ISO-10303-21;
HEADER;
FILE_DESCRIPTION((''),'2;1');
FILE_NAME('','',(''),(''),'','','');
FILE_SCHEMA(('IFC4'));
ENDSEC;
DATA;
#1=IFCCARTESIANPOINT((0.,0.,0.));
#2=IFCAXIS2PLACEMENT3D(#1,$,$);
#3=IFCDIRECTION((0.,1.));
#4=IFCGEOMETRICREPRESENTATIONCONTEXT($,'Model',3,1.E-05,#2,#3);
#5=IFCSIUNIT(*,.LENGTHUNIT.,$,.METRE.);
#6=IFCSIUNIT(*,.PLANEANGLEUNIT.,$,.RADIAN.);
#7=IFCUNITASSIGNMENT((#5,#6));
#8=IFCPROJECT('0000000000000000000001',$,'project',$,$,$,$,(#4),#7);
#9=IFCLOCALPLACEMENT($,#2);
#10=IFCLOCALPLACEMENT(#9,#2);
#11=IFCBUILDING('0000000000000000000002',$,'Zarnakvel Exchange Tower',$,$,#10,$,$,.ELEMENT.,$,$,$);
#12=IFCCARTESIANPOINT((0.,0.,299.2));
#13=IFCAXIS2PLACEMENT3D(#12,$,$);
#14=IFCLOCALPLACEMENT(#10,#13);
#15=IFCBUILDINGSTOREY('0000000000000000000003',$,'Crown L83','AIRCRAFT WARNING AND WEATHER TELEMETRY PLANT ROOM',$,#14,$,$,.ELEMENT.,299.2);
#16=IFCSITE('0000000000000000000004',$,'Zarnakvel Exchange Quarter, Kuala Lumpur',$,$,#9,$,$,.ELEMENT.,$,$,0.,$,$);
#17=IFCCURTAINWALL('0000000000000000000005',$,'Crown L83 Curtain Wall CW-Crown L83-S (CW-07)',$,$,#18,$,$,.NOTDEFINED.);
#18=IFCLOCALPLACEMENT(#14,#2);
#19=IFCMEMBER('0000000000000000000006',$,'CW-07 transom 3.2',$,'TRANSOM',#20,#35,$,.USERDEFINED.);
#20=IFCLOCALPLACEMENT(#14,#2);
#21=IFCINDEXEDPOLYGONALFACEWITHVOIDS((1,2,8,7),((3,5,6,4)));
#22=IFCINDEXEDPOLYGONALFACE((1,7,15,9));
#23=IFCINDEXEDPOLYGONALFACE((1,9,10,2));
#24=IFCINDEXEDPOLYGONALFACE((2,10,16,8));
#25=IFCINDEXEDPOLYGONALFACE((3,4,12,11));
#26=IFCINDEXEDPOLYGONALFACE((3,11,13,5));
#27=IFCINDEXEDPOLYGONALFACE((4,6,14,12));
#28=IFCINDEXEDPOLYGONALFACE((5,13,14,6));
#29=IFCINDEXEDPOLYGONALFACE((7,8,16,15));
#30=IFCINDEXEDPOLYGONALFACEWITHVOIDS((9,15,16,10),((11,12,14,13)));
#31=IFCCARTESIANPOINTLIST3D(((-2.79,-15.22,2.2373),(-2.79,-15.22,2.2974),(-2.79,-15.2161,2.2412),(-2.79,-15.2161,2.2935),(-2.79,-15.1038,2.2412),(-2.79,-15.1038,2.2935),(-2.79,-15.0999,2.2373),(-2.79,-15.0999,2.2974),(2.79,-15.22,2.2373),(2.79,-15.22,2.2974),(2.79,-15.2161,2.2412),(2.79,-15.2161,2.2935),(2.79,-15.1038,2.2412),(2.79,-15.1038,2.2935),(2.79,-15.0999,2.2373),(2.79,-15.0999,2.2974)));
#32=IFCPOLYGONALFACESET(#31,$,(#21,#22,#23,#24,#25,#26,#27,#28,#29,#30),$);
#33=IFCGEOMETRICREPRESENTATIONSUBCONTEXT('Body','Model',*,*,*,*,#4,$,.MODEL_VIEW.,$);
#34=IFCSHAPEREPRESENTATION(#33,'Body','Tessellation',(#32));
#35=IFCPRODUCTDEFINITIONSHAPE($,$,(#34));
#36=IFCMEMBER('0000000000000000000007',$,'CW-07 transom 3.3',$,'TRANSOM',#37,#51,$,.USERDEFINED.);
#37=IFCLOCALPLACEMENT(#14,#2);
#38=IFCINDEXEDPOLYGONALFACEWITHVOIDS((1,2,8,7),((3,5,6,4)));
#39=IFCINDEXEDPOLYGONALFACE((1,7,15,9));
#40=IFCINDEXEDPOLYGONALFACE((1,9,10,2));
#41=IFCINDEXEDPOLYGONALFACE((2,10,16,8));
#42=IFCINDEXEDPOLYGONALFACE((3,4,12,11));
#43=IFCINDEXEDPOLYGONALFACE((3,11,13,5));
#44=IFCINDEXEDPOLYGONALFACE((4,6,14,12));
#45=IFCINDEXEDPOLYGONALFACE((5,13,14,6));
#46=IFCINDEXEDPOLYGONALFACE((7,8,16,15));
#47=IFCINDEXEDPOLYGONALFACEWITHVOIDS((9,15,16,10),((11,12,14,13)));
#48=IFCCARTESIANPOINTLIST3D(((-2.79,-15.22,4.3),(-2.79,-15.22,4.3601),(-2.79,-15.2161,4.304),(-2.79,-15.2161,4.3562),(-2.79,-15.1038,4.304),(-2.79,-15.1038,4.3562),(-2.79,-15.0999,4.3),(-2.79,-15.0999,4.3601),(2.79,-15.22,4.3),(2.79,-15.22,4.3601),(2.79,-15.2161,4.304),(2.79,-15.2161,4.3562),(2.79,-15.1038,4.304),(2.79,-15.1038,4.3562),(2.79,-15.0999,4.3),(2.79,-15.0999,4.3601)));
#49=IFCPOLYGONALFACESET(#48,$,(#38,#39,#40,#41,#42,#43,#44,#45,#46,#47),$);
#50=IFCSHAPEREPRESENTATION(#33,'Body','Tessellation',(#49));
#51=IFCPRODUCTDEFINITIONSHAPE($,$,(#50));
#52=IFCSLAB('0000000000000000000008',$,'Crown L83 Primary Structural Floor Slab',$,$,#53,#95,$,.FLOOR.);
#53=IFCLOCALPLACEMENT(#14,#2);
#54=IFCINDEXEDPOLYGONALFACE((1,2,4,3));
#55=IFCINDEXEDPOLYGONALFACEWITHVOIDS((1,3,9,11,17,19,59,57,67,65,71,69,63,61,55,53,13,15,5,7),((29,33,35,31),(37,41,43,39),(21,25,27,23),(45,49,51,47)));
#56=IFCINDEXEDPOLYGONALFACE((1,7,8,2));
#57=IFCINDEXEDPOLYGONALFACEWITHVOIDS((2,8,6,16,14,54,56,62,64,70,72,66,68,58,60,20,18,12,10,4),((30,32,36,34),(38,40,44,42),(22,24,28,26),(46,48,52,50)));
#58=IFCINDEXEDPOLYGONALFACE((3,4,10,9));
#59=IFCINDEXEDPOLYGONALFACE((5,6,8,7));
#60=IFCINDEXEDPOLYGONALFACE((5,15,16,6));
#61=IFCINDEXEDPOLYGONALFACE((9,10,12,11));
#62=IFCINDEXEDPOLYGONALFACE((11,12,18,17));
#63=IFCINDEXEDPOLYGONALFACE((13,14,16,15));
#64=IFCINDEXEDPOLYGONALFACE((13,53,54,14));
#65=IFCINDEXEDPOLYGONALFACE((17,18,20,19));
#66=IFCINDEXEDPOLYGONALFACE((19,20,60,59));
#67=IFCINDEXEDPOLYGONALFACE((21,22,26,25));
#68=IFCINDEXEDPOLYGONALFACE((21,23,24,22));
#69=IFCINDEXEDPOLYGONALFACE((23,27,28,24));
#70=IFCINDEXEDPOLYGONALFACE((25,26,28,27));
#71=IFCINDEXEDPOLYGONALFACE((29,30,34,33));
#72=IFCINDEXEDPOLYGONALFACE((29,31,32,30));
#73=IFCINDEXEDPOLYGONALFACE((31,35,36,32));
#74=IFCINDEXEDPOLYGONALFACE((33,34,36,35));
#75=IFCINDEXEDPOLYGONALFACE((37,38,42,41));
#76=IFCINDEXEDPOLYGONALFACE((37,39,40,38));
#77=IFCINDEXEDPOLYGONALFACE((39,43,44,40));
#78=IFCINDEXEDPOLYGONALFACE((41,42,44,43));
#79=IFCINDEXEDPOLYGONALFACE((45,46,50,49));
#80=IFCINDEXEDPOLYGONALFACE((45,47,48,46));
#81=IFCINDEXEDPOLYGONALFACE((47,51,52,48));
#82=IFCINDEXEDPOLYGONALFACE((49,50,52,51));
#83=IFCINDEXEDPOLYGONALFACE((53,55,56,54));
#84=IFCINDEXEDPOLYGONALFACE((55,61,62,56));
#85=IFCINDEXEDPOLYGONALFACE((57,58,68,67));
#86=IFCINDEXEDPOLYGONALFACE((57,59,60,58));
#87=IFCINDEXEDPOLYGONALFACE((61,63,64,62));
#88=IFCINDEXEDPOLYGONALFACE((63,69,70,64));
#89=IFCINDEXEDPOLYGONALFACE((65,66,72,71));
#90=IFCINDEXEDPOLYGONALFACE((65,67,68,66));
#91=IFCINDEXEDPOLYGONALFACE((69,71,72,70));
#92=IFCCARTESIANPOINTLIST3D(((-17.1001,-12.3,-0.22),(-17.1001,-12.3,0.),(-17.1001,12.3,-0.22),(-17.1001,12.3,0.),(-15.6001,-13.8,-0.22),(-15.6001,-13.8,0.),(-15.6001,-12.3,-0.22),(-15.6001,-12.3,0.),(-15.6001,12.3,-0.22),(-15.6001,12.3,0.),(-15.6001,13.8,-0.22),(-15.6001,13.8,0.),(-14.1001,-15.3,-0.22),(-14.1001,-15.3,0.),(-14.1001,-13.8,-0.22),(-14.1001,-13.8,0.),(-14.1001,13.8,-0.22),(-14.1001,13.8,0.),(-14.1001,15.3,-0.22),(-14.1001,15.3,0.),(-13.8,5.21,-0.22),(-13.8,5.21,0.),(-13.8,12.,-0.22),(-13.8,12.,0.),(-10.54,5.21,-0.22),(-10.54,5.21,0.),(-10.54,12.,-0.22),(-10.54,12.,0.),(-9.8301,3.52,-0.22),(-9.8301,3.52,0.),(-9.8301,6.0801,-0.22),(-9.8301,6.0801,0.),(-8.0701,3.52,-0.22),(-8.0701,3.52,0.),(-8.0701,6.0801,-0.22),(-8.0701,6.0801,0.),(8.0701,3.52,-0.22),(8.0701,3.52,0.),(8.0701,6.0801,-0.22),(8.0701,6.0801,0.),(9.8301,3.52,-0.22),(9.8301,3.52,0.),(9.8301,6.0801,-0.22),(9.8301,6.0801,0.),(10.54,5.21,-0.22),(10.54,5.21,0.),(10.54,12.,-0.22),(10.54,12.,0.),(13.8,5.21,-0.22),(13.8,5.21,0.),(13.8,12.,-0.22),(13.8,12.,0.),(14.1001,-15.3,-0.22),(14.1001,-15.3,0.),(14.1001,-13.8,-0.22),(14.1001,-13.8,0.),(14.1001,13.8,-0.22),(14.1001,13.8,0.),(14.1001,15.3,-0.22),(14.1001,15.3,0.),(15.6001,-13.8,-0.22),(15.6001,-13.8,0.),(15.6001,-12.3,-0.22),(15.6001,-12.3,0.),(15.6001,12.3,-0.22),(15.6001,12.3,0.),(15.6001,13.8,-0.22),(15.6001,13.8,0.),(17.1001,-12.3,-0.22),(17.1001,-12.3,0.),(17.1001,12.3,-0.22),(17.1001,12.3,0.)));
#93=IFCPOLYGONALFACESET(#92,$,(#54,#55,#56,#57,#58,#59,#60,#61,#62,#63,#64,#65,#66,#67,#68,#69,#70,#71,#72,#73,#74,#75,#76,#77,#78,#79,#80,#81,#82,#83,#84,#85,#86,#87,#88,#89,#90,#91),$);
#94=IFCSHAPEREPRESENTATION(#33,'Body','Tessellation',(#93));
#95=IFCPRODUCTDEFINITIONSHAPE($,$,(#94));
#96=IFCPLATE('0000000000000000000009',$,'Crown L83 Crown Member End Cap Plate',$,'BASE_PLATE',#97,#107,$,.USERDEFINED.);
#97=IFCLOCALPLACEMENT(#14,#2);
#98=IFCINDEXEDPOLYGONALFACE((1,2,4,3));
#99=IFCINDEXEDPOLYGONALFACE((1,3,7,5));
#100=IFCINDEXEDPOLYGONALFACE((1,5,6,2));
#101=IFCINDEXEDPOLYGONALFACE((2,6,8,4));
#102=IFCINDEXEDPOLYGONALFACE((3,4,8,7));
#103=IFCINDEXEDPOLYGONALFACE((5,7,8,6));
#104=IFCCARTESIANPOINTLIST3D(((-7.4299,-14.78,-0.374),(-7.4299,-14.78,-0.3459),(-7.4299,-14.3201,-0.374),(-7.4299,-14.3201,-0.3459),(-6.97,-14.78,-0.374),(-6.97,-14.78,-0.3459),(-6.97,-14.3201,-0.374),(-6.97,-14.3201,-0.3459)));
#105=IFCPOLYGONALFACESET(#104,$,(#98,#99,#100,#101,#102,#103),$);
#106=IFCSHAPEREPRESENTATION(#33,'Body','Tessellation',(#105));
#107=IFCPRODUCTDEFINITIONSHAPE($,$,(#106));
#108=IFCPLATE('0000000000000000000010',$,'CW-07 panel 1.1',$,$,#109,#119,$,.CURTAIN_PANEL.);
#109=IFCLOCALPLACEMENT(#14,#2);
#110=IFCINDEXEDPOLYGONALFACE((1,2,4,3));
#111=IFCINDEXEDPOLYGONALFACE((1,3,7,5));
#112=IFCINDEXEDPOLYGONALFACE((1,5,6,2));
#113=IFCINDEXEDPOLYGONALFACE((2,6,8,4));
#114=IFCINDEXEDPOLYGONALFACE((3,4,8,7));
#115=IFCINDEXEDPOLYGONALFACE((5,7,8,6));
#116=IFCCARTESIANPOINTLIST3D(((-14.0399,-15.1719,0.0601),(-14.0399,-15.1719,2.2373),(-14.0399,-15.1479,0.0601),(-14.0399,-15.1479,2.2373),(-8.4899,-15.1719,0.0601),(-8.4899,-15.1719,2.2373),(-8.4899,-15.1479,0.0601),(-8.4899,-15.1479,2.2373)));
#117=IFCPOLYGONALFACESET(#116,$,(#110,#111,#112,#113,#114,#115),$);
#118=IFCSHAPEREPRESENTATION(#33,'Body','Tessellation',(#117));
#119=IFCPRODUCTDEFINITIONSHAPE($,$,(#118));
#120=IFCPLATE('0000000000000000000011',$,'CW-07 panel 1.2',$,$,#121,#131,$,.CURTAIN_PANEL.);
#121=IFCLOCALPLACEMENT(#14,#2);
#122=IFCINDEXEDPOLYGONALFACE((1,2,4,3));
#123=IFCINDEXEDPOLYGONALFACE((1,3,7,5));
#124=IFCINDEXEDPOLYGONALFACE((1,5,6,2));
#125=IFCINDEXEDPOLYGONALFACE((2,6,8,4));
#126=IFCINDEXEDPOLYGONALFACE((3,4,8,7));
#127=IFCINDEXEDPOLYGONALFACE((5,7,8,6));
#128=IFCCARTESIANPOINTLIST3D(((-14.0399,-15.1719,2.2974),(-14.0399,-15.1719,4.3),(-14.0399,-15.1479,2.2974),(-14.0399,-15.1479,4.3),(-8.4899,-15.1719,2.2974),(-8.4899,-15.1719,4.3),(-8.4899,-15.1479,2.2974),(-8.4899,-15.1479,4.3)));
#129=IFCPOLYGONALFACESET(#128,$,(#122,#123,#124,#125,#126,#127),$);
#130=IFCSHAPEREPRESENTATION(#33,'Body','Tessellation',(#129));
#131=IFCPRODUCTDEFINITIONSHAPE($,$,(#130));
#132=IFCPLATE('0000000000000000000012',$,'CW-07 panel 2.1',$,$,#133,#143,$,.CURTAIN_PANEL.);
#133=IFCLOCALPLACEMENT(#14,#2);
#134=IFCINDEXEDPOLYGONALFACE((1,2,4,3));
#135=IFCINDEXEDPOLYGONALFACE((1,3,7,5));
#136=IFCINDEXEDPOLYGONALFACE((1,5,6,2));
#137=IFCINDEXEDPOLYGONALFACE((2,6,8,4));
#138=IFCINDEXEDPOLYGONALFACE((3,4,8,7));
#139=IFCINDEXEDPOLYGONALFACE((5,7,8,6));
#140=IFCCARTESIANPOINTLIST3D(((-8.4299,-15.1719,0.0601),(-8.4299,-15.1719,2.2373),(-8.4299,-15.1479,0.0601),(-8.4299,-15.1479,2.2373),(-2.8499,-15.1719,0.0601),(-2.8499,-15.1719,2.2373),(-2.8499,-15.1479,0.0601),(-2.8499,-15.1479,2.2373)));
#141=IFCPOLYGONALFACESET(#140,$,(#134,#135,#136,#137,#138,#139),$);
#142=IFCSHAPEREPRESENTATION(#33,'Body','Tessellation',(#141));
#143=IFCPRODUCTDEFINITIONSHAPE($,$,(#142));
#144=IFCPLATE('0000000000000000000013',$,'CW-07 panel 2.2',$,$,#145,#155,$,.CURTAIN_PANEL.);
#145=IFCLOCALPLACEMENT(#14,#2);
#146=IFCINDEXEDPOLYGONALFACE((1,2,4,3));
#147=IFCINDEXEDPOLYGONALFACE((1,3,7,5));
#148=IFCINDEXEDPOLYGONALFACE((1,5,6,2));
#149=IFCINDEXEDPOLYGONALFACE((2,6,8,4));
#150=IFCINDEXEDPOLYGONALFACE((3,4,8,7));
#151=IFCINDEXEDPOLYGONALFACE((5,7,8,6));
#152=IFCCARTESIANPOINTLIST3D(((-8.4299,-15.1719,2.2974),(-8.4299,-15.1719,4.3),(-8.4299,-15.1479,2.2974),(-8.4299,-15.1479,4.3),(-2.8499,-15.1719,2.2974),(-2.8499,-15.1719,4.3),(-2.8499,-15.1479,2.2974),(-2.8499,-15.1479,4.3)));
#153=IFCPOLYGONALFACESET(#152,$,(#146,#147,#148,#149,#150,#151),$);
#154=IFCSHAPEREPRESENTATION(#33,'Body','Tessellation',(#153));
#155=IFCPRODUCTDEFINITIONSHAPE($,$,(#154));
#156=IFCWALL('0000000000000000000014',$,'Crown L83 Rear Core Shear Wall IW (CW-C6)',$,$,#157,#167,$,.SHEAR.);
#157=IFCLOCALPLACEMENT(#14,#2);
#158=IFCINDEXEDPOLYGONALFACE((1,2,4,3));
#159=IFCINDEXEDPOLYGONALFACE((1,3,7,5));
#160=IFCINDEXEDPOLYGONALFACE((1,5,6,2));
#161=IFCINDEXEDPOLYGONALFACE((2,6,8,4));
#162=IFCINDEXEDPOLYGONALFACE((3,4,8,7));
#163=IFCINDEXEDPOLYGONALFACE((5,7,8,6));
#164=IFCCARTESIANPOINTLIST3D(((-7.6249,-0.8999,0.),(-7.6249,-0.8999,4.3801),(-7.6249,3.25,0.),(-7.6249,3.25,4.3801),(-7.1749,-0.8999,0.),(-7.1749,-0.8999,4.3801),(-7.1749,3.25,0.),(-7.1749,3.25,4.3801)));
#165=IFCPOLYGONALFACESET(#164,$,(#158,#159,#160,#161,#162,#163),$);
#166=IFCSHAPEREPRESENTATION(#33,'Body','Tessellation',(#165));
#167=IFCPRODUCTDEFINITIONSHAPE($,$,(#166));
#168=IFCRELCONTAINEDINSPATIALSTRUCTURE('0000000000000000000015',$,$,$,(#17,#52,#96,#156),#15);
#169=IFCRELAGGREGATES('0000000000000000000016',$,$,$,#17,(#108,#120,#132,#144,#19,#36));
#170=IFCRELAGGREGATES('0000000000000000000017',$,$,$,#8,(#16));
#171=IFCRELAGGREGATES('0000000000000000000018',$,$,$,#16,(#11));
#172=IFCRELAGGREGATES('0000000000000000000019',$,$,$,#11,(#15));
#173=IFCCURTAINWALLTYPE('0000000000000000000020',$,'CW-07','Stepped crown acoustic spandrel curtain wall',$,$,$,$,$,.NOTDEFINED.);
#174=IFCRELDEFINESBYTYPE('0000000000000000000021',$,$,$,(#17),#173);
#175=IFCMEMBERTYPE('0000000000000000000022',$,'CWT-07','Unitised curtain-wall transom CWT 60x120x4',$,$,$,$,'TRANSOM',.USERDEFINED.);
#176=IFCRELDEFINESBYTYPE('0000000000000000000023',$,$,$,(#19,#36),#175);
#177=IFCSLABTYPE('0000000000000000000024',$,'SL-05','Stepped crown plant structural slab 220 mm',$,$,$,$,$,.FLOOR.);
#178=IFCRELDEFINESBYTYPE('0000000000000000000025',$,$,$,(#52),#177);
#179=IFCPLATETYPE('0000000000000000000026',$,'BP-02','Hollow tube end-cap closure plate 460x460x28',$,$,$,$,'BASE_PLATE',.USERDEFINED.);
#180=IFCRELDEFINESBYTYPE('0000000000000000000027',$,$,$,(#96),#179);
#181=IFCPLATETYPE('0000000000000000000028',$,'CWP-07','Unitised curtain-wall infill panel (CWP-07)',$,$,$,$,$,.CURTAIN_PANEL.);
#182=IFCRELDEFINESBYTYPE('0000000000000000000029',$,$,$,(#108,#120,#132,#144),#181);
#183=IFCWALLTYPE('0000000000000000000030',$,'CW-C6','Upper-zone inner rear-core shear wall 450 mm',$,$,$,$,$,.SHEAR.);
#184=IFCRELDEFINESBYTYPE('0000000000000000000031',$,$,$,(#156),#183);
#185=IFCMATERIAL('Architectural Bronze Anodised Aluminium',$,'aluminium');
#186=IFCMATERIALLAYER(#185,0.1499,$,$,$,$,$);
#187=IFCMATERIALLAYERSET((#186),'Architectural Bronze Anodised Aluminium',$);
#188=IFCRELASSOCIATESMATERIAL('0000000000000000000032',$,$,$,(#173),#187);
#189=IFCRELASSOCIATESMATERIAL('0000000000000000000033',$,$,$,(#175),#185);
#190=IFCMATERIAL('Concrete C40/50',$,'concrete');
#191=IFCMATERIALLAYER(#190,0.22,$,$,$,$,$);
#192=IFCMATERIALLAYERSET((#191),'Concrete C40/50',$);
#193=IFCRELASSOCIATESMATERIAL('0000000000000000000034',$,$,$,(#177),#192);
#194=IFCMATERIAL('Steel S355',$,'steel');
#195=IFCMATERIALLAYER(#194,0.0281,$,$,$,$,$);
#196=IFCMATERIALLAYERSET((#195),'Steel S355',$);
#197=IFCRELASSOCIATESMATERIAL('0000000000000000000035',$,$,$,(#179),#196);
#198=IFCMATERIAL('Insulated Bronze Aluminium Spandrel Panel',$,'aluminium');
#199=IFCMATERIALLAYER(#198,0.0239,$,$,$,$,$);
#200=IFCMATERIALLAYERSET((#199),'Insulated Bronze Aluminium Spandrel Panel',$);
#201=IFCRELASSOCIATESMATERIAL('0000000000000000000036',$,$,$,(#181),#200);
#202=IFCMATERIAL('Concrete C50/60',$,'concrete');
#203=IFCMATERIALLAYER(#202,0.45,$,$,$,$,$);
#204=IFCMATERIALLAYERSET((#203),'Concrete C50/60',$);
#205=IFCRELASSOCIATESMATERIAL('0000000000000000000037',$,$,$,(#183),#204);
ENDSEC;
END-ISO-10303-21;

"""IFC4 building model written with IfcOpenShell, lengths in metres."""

from ifc_helpers import new_model, si_unit, direction, frame, frame_2d, origin, origin_2d, place, context, subcontext, project, spatial, polyline, rectangle, hollow_rectangle, outline, extrude, source, transform, mapped, material, layer, layer_set, material_profile, profile_set, type_object, element, aggregate, save


model = new_model("IFC4")

# Units and contexts
model_context = context("Model", 3, precision=1e-05, world=origin(), true_north=direction((0.0, 1.0)))
body_context = subcontext(model_context, "Body", "Model", "MODEL_VIEW")
ifc_project = project(units=[si_unit("LENGTHUNIT", "METRE"), si_unit("PLANEANGLEUNIT", "RADIAN")], contexts=[model_context])

# Site, building, storey
site_placement = place(None, origin())
site = spatial("IfcSite", under=ifc_project, at=site_placement, Name="Zarnakvel Exchange Quarter, Kuala Lumpur", CompositionType="ELEMENT", RefElevation=0.0)
building_placement = place(site_placement, origin())
building = spatial("IfcBuilding", under=site, at=building_placement, Name="Zarnakvel Exchange Tower", CompositionType="ELEMENT")
storey_placement = place(building_placement, frame((0.0, 0.0, 299.2)))
storey = spatial("IfcBuildingStorey", under=building, at=storey_placement, Name="Crown L83", Description="AIRCRAFT WARNING AND WEATHER TELEMETRY PLANT ROOM", CompositionType="ELEMENT", Elevation=299.2)

# Shared definitions
ifc_material_1 = material(Name="Concrete C50/60", Category="concrete")
ifc_material_2 = material(Name="Steel S355", Category="steel")

# Curtain wall, members
ifc_material_3 = material(Name="Architectural Bronze Anodised Aluminium", Category="aluminium")
ifc_layer_1 = layer(ifc_material_3, 0.1499)
ifc_layer_set_1 = layer_set([ifc_layer_1], Name="Architectural Bronze Anodised Aluminium")
curtain_wall_type = type_object("IfcCurtainWallType", Name="CW-07", Description="Stepped crown acoustic spandrel curtain wall", PredefinedType="NOTDEFINED", material=ifc_layer_set_1)
curtain_wall_placement = place(storey_placement, origin())
curtain_wall = element("IfcCurtainWall", 1, at=curtain_wall_placement, inside=storey, type_object=curtain_wall_type, Name="Crown L83 Curtain Wall CW-Crown L83-S (CW-07)", PredefinedType="NOTDEFINED")
ifc_material_profile_1 = material_profile(ifc_material_3, hollow_rectangle(XDim=0.1201, YDim=0.0601, WallThickness=0.0039, at=origin_2d()))
ifc_profile_set_1 = profile_set([ifc_material_profile_1], Name="Architectural Bronze Anodised Aluminium")
member_type_1 = type_object("IfcMemberType", Name="CWT-07", Description="Unitised curtain-wall transom CWT 60x120x4", ElementType="TRANSOM", PredefinedType="USERDEFINED", material=ifc_profile_set_1)
shared_shape_1 = source(origin(), body_context, "Body", "SweptSolid", [
    extrude(hollow_rectangle(XDim=0.1201, YDim=0.0601, WallThickness=0.0039, at=origin_2d()), origin(), (0.0, 0.0, 1.0), 5.5801),
])
member_1_placement = place(storey_placement, frame((-2.79, -15.1599, 2.2673), z_axis=(1.0, 0.0, 0.0), x_axis=(0.0, 1.0, 0.0)))
member_1 = element("IfcMember", 2, at=member_1_placement, type_object=member_type_1, Name="CW-07 transom 3.2", ObjectType="TRANSOM", PredefinedType="USERDEFINED", context=body_context, shape_type="MappedRepresentation", body=[
    mapped(shared_shape_1, transform((0.0, 0.0, 0.0), x_axis=(1.0, 0.0, 0.0), y_axis=(0.0, 1.0, 0.0), z_axis=(0.0, 0.0, 1.0), scale=1.0)),
])
member_2_placement = place(storey_placement, frame((-2.79, -15.1599, 4.3301), z_axis=(1.0, 0.0, 0.0), x_axis=(0.0, 1.0, 0.0)))
member_2 = element("IfcMember", 3, at=member_2_placement, type_object=member_type_1, Name="CW-07 transom 3.3", ObjectType="TRANSOM", PredefinedType="USERDEFINED", context=body_context, shape_type="MappedRepresentation", body=[
    mapped(shared_shape_1, transform((0.0, 0.0, 0.0), x_axis=(1.0, 0.0, 0.0), y_axis=(0.0, 1.0, 0.0), z_axis=(0.0, 0.0, 1.0), scale=1.0)),
])

# Slab
ifc_material_4 = material(Name="Concrete C40/50", Category="concrete")
ifc_layer_2 = layer(ifc_material_4, 0.22)
ifc_layer_set_2 = layer_set([ifc_layer_2], Name="Concrete C40/50")
slab_type = type_object("IfcSlabType", Name="SL-05", Description="Stepped crown plant structural slab 220 mm", PredefinedType="FLOOR", material=ifc_layer_set_2)
slab_placement = place(storey_placement, frame((0.0, 0.0, -0.22)))
element("IfcSlab", 4, at=slab_placement, inside=storey, type_object=slab_type, Name="Crown L83 Primary Structural Floor Slab", PredefinedType="FLOOR", context=body_context, shape_type="SweptSolid", body=[
    extrude(outline(polyline([(-17.1001, -12.3), (-15.6001, -12.3), (-15.6001, -13.8), (-14.1001, -13.8), (-14.1001, -15.3), (14.1001, -15.3), (14.1001, -13.8), (15.6001, -13.8), (15.6001, -12.3), (17.1001, -12.3), (17.1001, 12.3), (15.6001, 12.3), (15.6001, 13.8), (14.1001, 13.8), (14.1001, 15.3), (-14.1001, 15.3), (-14.1001, 13.8), (-15.6001, 13.8), (-15.6001, 12.3), (-17.1001, 12.3), (-17.1001, -12.3)]), holes=[polyline([(-13.8, 5.21), (-10.54, 5.21), (-10.54, 12.0), (-13.8, 12.0), (-13.8, 5.21)]), polyline([(10.54, 5.21), (13.8, 5.21), (13.8, 12.0), (10.54, 12.0), (10.54, 5.21)]), polyline([(-9.8301, 3.52), (-8.0701, 3.52), (-8.0701, 6.0801), (-9.8301, 6.0801), (-9.8301, 3.52)]), polyline([(8.0701, 3.52), (9.8301, 3.52), (9.8301, 6.0801), (8.0701, 6.0801), (8.0701, 3.52)])]), origin(), (0.0, 0.0, 1.0), 0.22),
])

# Plates
ifc_layer_3 = layer(ifc_material_2, 0.0281)
ifc_layer_set_3 = layer_set([ifc_layer_3], Name="Steel S355")
plate_type_1 = type_object("IfcPlateType", Name="BP-02", Description="Hollow tube end-cap closure plate 460x460x28", ElementType="BASE_PLATE", PredefinedType="USERDEFINED", material=ifc_layer_set_3)
shared_shape_2 = source(origin(), body_context, "Body", "SweptSolid", [
    extrude(rectangle(XDim=0.46, YDim=0.46, at=origin_2d()), origin(), (0.0, 0.0, 1.0), 0.0281),
])
plate_1_placement = place(storey_placement, frame((-7.2, -14.55, -0.374), z_axis=(0.0, 0.0, 1.0), x_axis=(1.0, 0.0, 0.0)))
element("IfcPlate", 5, at=plate_1_placement, inside=storey, type_object=plate_type_1, Name="Crown L83 Crown Member End Cap Plate", ObjectType="BASE_PLATE", PredefinedType="USERDEFINED", context=body_context, shape_type="MappedRepresentation", body=[
    mapped(shared_shape_2, transform((0.0, 0.0, 0.0), x_axis=(1.0, 0.0, 0.0), y_axis=(0.0, 1.0, 0.0), z_axis=(0.0, 0.0, 1.0), scale=1.0)),
])
ifc_material_5 = material(Name="Insulated Bronze Aluminium Spandrel Panel", Category="aluminium")
ifc_layer_4 = layer(ifc_material_5, 0.0239)
ifc_layer_set_4 = layer_set([ifc_layer_4], Name="Insulated Bronze Aluminium Spandrel Panel")
plate_type_2 = type_object("IfcPlateType", Name="CWP-07", Description="Unitised curtain-wall infill panel (CWP-07)", PredefinedType="CURTAIN_PANEL", material=ifc_layer_set_4)
shared_shape_3 = source(origin(), body_context, "Body", "SweptSolid", [
    extrude(rectangle(XDim=5.55, YDim=0.0239, at=origin_2d()), origin(), (0.0, 0.0, 1.0), 2.1772),
])
plate_2_placement = place(storey_placement, frame((-11.2649, -15.1599, 0.0601), z_axis=(0.0, 0.0, 1.0), x_axis=(1.0, 0.0, 0.0)))
plate_2 = element("IfcPlate", 6, at=plate_2_placement, type_object=plate_type_2, Name="CW-07 panel 1.1", PredefinedType="CURTAIN_PANEL", context=body_context, shape_type="MappedRepresentation", body=[
    mapped(shared_shape_3, transform((0.0, 0.0, 0.0), x_axis=(1.0, 0.0, 0.0), y_axis=(0.0, 1.0, 0.0), z_axis=(0.0, 0.0, 1.0), scale=1.0)),
])
shared_shape_4 = source(origin(), body_context, "Body", "SweptSolid", [
    extrude(rectangle(XDim=5.55, YDim=0.0239, at=origin_2d()), origin(), (0.0, 0.0, 1.0), 2.0027),
])
plate_3_placement = place(storey_placement, frame((-11.2649, -15.1599, 2.2974), z_axis=(0.0, 0.0, 1.0), x_axis=(1.0, 0.0, 0.0)))
plate_3 = element("IfcPlate", 7, at=plate_3_placement, type_object=plate_type_2, Name="CW-07 panel 1.2", PredefinedType="CURTAIN_PANEL", context=body_context, shape_type="MappedRepresentation", body=[
    mapped(shared_shape_4, transform((0.0, 0.0, 0.0), x_axis=(1.0, 0.0, 0.0), y_axis=(0.0, 1.0, 0.0), z_axis=(0.0, 0.0, 1.0), scale=1.0)),
])
shared_shape_5 = source(origin(), body_context, "Body", "SweptSolid", [
    extrude(rectangle(XDim=5.5801, YDim=0.0239, at=origin_2d()), origin(), (0.0, 0.0, 1.0), 2.1772),
])
plate_4_placement = place(storey_placement, frame((-5.6399, -15.1599, 0.0601), z_axis=(0.0, 0.0, 1.0), x_axis=(1.0, 0.0, 0.0)))
plate_4 = element("IfcPlate", 8, at=plate_4_placement, type_object=plate_type_2, Name="CW-07 panel 2.1", PredefinedType="CURTAIN_PANEL", context=body_context, shape_type="MappedRepresentation", body=[
    mapped(shared_shape_5, transform((0.0, 0.0, 0.0), x_axis=(1.0, 0.0, 0.0), y_axis=(0.0, 1.0, 0.0), z_axis=(0.0, 0.0, 1.0), scale=1.0)),
])
shared_shape_6 = source(origin(), body_context, "Body", "SweptSolid", [
    extrude(rectangle(XDim=5.5801, YDim=0.0239, at=origin_2d()), origin(), (0.0, 0.0, 1.0), 2.0027),
])
plate_5_placement = place(storey_placement, frame((-5.6399, -15.1599, 2.2974), z_axis=(0.0, 0.0, 1.0), x_axis=(1.0, 0.0, 0.0)))
plate_5 = element("IfcPlate", 9, at=plate_5_placement, type_object=plate_type_2, Name="CW-07 panel 2.2", PredefinedType="CURTAIN_PANEL", context=body_context, shape_type="MappedRepresentation", body=[
    mapped(shared_shape_6, transform((0.0, 0.0, 0.0), x_axis=(1.0, 0.0, 0.0), y_axis=(0.0, 1.0, 0.0), z_axis=(0.0, 0.0, 1.0), scale=1.0)),
])
aggregate(curtain_wall, [plate_2, plate_3, plate_4, plate_5, member_1, member_2])

# Wall
ifc_layer_5 = layer(ifc_material_1, 0.45)
ifc_layer_set_5 = layer_set([ifc_layer_5], Name="Concrete C50/60")
wall_type_1 = type_object("IfcWallType", Name="CW-C6", Description="Upper-zone inner rear-core shear wall 450 mm", PredefinedType="SHEAR", material=ifc_layer_set_5)
wall_1_placement = place(storey_placement, frame((-7.3999, -0.8999, 0.0), z_axis=(0.0, 0.0, 1.0), x_axis=(0.0, 1.0, 0.0)))
element("IfcWall", 10, at=wall_1_placement, inside=storey, type_object=wall_type_1, Name="Crown L83 Rear Core Shear Wall IW (CW-C6)", PredefinedType="SHEAR", context=body_context, shape_type="SweptSolid", body=[
    extrude(rectangle(XDim=4.1499, YDim=0.45, at=frame_2d((2.075, 0.0))), origin(), (0.0, 0.0, 1.0), 4.3801),
])

save(model, "model.ifc")
